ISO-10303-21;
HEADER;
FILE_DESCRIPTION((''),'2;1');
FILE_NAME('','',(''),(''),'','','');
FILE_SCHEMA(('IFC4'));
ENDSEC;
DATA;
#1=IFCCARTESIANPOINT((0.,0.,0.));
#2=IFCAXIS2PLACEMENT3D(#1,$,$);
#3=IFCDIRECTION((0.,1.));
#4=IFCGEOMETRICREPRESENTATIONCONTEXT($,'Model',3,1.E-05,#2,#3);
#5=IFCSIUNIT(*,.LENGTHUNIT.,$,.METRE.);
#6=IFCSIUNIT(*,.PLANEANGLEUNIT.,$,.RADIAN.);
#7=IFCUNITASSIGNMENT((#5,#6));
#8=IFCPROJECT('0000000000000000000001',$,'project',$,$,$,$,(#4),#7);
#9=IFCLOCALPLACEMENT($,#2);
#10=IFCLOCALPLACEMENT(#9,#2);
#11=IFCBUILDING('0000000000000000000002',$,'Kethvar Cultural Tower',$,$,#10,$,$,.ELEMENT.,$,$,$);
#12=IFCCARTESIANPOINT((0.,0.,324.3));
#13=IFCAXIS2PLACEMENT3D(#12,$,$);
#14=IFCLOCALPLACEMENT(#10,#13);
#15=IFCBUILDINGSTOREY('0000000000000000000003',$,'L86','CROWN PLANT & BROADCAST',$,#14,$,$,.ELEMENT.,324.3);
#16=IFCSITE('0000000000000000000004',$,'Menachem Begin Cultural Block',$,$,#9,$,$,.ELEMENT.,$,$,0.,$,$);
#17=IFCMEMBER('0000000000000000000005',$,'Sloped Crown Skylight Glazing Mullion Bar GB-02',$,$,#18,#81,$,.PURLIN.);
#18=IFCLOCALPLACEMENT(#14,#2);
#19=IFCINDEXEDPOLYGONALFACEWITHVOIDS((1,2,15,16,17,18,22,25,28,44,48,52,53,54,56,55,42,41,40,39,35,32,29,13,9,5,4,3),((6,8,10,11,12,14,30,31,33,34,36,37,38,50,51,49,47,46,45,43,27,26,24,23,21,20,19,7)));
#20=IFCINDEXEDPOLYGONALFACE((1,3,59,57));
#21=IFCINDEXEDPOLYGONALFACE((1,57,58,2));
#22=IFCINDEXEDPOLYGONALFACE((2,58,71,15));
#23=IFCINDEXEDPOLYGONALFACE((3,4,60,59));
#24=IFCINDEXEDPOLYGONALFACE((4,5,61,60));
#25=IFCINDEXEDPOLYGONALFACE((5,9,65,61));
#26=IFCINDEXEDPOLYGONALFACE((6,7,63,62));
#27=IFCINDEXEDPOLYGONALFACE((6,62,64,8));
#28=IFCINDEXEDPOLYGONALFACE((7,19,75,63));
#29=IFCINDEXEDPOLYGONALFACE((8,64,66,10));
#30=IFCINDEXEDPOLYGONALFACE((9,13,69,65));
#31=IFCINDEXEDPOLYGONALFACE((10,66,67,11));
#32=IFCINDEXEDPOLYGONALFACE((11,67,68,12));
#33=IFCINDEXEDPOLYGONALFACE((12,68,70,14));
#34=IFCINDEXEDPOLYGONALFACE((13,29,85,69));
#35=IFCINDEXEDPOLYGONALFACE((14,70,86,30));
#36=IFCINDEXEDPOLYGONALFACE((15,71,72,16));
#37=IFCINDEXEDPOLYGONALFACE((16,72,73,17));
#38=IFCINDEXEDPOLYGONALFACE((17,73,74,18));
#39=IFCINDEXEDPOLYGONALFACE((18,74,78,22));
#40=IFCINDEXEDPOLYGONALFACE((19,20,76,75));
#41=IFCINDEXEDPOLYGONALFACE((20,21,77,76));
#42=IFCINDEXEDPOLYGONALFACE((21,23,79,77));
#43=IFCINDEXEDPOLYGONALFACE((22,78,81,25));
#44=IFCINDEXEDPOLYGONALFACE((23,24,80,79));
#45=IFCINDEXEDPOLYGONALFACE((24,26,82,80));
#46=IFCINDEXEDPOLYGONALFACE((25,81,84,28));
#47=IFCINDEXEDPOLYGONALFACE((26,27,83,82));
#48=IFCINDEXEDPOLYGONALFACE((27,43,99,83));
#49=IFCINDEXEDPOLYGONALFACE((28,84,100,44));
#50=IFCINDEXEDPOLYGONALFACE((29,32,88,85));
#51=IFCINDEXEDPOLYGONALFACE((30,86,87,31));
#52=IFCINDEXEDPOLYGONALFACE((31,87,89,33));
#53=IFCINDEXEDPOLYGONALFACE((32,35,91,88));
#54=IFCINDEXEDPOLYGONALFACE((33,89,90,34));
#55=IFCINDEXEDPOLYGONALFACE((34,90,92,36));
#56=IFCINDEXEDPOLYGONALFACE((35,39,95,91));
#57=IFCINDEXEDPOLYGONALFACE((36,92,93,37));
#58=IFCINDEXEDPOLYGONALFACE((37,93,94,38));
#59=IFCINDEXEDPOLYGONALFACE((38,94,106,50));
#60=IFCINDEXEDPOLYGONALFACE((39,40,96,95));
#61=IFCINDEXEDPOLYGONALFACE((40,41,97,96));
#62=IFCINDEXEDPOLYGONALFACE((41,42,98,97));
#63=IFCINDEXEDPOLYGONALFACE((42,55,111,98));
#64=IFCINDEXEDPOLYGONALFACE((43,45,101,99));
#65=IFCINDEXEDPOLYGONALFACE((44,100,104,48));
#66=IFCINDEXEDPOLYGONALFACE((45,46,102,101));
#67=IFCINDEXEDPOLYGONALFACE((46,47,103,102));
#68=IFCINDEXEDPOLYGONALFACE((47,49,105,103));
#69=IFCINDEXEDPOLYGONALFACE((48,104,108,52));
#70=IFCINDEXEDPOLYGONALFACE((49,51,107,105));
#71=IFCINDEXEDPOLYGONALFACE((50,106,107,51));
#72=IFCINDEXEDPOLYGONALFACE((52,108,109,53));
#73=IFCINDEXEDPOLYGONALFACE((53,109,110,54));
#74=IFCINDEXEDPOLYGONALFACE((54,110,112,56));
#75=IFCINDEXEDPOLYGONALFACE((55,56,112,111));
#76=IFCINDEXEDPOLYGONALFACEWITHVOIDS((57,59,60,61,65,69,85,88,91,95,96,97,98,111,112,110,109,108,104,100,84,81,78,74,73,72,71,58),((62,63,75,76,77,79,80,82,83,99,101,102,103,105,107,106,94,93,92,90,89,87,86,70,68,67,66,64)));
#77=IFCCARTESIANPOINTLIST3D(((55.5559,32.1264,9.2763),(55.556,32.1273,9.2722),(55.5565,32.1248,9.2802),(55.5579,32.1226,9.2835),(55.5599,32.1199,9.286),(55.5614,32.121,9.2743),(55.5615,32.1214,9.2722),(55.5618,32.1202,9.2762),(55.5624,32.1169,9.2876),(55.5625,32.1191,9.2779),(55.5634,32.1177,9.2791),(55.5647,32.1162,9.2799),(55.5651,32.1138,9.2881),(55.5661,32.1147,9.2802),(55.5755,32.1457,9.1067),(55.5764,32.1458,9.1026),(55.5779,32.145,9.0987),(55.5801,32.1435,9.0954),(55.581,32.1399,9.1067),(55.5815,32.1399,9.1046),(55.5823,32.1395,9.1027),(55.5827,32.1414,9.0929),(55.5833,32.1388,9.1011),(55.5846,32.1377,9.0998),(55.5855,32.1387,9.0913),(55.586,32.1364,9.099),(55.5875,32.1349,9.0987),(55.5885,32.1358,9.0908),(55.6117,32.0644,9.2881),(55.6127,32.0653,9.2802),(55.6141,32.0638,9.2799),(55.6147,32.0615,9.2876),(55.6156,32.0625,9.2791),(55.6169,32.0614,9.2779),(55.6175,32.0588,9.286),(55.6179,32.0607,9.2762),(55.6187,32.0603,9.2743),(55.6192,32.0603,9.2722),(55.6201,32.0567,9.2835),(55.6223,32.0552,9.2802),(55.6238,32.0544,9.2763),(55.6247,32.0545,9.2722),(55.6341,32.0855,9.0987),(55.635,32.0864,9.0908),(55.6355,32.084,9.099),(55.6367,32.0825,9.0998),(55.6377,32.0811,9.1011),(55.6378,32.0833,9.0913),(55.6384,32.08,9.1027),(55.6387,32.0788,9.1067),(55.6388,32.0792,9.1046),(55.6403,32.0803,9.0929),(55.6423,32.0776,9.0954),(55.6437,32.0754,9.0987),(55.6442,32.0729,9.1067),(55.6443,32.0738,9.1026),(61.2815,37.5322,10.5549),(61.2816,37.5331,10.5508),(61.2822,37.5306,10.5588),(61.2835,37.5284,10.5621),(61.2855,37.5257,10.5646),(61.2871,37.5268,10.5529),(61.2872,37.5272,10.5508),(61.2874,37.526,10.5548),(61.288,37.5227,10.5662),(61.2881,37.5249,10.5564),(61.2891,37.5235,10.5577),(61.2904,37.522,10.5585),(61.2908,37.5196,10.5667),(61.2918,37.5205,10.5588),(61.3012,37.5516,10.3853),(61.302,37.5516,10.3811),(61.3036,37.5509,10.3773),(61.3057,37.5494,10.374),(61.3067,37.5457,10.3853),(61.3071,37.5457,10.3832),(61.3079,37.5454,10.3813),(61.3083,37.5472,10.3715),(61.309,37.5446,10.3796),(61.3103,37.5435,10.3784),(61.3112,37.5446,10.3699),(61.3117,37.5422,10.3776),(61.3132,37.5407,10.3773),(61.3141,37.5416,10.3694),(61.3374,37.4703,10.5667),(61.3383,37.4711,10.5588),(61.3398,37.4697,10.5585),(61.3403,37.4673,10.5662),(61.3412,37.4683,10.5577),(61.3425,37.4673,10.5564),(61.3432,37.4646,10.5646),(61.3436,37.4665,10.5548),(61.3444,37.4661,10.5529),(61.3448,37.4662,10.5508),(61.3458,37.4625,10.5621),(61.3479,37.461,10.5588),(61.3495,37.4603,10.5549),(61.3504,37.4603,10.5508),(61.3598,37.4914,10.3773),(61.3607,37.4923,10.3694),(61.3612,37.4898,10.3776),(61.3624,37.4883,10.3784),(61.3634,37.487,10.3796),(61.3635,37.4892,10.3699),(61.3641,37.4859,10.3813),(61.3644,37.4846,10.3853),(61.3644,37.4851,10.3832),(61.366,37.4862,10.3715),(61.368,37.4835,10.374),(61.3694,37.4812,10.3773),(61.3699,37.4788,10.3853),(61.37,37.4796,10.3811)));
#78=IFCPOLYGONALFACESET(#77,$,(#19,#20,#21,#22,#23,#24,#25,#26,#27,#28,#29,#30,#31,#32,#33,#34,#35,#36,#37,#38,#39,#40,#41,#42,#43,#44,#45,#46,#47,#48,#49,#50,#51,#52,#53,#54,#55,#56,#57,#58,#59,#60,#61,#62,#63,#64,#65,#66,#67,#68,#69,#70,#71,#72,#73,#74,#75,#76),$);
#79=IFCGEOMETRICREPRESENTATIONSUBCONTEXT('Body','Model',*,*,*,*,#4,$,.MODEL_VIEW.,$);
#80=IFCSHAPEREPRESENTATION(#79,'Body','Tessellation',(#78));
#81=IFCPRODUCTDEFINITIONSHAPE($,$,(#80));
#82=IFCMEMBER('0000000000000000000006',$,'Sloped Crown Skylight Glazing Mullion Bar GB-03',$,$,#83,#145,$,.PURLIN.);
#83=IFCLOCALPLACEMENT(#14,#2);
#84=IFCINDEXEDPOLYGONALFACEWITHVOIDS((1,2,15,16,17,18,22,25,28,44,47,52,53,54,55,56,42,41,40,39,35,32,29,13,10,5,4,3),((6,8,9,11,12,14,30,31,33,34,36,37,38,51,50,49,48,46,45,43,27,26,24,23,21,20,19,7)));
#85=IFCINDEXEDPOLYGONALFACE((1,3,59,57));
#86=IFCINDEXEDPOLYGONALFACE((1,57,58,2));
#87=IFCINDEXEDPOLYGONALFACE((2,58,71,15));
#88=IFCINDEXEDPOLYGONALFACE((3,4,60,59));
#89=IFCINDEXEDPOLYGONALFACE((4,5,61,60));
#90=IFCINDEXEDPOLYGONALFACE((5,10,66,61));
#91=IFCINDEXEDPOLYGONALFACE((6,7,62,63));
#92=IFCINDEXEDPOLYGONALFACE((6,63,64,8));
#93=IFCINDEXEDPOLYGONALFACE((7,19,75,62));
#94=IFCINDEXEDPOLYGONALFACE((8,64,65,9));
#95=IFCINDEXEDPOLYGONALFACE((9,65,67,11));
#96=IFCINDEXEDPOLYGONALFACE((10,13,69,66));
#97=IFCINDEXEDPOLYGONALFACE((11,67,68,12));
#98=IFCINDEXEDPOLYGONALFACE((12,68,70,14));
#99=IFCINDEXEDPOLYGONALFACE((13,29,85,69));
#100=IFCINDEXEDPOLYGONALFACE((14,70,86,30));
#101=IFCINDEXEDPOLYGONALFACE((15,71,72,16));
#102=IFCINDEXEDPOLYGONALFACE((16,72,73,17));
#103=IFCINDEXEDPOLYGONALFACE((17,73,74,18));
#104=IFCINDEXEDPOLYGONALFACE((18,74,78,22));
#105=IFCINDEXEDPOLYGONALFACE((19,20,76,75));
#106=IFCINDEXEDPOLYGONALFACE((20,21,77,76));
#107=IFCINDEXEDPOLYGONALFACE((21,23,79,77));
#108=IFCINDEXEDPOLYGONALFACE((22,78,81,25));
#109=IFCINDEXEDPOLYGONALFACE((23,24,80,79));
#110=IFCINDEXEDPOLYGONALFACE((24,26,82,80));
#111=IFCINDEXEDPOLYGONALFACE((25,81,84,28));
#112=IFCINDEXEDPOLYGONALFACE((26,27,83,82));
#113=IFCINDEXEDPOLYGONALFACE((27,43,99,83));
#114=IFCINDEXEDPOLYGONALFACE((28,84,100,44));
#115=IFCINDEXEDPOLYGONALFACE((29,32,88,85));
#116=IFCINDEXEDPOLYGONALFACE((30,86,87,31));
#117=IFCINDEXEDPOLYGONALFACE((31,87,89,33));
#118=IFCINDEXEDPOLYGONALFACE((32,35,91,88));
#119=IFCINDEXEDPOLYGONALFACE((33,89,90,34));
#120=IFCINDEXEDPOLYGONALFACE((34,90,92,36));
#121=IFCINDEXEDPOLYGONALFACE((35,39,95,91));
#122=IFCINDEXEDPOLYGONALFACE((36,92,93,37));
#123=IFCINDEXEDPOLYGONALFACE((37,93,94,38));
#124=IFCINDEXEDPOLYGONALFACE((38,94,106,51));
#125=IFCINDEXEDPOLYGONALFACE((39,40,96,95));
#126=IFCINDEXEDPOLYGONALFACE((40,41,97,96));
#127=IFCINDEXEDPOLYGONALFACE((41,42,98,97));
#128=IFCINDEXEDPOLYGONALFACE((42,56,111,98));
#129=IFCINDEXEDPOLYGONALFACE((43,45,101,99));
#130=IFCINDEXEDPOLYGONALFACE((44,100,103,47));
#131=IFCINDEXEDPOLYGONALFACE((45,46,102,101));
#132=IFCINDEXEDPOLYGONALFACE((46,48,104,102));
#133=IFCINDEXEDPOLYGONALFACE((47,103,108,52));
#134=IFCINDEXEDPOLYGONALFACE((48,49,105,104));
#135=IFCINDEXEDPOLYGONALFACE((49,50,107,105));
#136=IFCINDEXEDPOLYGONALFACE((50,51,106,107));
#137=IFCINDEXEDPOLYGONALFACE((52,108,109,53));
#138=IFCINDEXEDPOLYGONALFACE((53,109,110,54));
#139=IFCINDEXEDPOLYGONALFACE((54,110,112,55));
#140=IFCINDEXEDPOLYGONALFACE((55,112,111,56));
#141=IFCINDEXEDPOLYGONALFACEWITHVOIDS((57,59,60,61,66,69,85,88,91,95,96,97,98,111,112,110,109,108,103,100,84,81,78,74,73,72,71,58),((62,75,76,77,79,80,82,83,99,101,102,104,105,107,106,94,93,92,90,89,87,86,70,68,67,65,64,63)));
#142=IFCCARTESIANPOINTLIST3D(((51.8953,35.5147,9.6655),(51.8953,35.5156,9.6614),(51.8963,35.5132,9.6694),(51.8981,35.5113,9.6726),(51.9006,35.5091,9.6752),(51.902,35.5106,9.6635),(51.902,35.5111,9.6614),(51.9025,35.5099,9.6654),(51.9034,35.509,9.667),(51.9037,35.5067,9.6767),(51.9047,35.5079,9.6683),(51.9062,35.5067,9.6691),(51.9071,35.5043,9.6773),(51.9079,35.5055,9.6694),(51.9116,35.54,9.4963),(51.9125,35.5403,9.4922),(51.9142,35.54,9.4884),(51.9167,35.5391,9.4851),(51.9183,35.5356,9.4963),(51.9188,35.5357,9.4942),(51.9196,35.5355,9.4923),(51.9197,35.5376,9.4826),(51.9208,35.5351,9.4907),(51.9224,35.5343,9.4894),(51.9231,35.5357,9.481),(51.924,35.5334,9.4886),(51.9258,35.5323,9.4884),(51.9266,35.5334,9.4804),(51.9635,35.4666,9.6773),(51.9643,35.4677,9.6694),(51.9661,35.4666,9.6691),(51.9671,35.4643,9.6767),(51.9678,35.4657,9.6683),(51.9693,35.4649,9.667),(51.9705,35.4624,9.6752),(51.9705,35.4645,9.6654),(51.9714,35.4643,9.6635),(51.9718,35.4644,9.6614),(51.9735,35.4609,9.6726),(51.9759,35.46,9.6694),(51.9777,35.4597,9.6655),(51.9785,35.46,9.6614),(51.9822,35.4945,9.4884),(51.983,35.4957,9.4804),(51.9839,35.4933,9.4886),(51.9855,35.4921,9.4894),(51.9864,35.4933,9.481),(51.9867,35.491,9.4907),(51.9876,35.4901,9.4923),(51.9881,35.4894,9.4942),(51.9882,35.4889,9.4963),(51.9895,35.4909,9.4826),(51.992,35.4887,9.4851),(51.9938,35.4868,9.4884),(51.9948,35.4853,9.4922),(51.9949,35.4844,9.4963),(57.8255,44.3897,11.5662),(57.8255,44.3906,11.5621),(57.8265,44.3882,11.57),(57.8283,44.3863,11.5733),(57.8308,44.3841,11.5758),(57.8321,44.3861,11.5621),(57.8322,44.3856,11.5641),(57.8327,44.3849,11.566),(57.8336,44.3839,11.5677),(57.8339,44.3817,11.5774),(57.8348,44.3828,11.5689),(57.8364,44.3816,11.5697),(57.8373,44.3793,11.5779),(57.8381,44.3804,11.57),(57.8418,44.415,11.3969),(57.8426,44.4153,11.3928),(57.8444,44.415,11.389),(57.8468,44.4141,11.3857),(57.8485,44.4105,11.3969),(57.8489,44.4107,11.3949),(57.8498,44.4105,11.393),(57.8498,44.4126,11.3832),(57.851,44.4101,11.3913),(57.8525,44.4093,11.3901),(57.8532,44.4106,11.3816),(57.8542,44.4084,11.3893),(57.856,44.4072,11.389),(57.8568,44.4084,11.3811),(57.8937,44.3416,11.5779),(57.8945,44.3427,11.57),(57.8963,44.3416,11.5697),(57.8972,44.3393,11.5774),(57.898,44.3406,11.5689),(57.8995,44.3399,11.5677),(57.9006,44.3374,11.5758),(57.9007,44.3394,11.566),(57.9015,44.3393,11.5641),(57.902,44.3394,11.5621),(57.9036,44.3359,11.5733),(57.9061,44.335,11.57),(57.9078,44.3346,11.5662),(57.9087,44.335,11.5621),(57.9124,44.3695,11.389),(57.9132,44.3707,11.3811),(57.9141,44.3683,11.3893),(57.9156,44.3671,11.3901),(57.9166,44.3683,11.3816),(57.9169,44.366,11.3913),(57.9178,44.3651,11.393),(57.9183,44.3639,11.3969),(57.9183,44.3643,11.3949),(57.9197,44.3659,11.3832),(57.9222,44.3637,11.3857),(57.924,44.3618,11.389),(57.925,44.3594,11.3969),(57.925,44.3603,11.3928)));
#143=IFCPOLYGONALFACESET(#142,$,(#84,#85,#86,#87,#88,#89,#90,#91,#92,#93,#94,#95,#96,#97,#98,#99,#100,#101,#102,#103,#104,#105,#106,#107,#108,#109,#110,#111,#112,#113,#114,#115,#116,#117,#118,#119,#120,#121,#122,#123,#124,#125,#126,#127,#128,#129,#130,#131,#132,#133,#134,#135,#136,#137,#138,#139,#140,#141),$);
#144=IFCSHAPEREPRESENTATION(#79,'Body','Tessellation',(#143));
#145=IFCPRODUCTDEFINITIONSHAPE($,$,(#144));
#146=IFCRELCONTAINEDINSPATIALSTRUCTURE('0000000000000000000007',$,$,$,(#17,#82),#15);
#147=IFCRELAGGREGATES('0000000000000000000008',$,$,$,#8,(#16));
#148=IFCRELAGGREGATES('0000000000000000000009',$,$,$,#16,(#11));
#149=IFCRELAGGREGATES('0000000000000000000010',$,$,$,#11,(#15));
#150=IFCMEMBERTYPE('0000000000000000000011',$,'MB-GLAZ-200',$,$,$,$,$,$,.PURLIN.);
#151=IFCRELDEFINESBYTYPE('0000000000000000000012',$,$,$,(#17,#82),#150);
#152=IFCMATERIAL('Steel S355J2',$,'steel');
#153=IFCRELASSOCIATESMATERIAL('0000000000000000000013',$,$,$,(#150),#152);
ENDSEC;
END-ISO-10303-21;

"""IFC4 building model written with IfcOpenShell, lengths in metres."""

from ifc_helpers import new_model, si_unit, direction, frame, origin, origin_2d, place, context, subcontext, project, spatial, hollow_rectangle, extrude, source, transform, mapped, material, material_profile, profile_set, type_object, element, save


model = new_model("IFC4")

# Units and contexts
model_context = context("Model", 3, precision=1e-05, world=origin(), true_north=direction((0.0, 1.0)))
body_context = subcontext(model_context, "Body", "Model", "MODEL_VIEW")
ifc_project = project(units=[si_unit("LENGTHUNIT", "METRE"), si_unit("PLANEANGLEUNIT", "RADIAN")], contexts=[model_context])

# Site, building, storey
site_placement = place(None, origin())
site = spatial("IfcSite", under=ifc_project, at=site_placement, Name="Menachem Begin Cultural Block", CompositionType="ELEMENT", RefElevation=0.0)
building_placement = place(site_placement, origin())
building = spatial("IfcBuilding", under=site, at=building_placement, Name="Kethvar Cultural Tower", CompositionType="ELEMENT")
storey_placement = place(building_placement, frame((0.0, 0.0, 324.3)))
storey = spatial("IfcBuildingStorey", under=building, at=storey_placement, Name="L86", Description="CROWN PLANT & BROADCAST", CompositionType="ELEMENT", Elevation=324.3)

# Shared definitions
ifc_material_1 = material(Name="Steel S355J2", Category="steel")

# Members
ifc_material_profile_1 = material_profile(ifc_material_1, hollow_rectangle(XDim=0.1001, YDim=0.2, WallThickness=0.0081, InnerFilletRadius=0.0081, OuterFilletRadius=0.0161, at=origin_2d()), Name="Steel S355J2 — RHS200x100x8")
ifc_profile_set_1 = profile_set([ifc_material_profile_1], Name="Steel S355J2 — RHS200x100x8")
member_type_1 = type_object("IfcMemberType", Name="MB-GLAZ-200", PredefinedType="PURLIN", material=ifc_profile_set_1)
shared_shape_1 = source(origin(), body_context, "Body", "SweptSolid", [
    extrude(hollow_rectangle(XDim=0.1001, YDim=0.2, WallThickness=0.0081, InnerFilletRadius=0.0081, OuterFilletRadius=0.0161, at=origin_2d()), origin(), (0.0, 0.0, 1.0), 7.9775),
])
member_1_placement = place(storey_placement, frame((55.6001, 32.1001, 9.1895), z_axis=(0.717724, 0.677632, 0.160273), x_axis=(-0.686507, 0.727123, 0.0)))
element("IfcMember", 1, at=member_1_placement, inside=storey, type_object=member_type_1, Name="Sloped Crown Skylight Glazing Mullion Bar GB-02", PredefinedType="PURLIN", context=body_context, shape_type="MappedRepresentation", body=[
    mapped(shared_shape_1, transform((0.0, 0.0, 0.0), scale=1.0)),
])
shared_shape_2 = source(origin(), body_context, "Body", "SweptSolid", [
    extrude(hollow_rectangle(XDim=0.1001, YDim=0.2, WallThickness=0.0081, InnerFilletRadius=0.0081, OuterFilletRadius=0.0161, at=origin_2d()), origin(), (0.0, 0.0, 1.0), 10.8418),
])
member_2_placement = place(storey_placement, frame((51.9451, 35.5, 9.5789), z_axis=(0.546972, 0.81859, 0.175306), x_axis=(-0.831466, 0.555576, 0.0)))
element("IfcMember", 2, at=member_2_placement, inside=storey, type_object=member_type_1, Name="Sloped Crown Skylight Glazing Mullion Bar GB-03", PredefinedType="PURLIN", context=body_context, shape_type="MappedRepresentation", body=[
    mapped(shared_shape_2, transform((0.0, 0.0, 0.0), scale=1.0)),
])

save(model, "model.ifc")
